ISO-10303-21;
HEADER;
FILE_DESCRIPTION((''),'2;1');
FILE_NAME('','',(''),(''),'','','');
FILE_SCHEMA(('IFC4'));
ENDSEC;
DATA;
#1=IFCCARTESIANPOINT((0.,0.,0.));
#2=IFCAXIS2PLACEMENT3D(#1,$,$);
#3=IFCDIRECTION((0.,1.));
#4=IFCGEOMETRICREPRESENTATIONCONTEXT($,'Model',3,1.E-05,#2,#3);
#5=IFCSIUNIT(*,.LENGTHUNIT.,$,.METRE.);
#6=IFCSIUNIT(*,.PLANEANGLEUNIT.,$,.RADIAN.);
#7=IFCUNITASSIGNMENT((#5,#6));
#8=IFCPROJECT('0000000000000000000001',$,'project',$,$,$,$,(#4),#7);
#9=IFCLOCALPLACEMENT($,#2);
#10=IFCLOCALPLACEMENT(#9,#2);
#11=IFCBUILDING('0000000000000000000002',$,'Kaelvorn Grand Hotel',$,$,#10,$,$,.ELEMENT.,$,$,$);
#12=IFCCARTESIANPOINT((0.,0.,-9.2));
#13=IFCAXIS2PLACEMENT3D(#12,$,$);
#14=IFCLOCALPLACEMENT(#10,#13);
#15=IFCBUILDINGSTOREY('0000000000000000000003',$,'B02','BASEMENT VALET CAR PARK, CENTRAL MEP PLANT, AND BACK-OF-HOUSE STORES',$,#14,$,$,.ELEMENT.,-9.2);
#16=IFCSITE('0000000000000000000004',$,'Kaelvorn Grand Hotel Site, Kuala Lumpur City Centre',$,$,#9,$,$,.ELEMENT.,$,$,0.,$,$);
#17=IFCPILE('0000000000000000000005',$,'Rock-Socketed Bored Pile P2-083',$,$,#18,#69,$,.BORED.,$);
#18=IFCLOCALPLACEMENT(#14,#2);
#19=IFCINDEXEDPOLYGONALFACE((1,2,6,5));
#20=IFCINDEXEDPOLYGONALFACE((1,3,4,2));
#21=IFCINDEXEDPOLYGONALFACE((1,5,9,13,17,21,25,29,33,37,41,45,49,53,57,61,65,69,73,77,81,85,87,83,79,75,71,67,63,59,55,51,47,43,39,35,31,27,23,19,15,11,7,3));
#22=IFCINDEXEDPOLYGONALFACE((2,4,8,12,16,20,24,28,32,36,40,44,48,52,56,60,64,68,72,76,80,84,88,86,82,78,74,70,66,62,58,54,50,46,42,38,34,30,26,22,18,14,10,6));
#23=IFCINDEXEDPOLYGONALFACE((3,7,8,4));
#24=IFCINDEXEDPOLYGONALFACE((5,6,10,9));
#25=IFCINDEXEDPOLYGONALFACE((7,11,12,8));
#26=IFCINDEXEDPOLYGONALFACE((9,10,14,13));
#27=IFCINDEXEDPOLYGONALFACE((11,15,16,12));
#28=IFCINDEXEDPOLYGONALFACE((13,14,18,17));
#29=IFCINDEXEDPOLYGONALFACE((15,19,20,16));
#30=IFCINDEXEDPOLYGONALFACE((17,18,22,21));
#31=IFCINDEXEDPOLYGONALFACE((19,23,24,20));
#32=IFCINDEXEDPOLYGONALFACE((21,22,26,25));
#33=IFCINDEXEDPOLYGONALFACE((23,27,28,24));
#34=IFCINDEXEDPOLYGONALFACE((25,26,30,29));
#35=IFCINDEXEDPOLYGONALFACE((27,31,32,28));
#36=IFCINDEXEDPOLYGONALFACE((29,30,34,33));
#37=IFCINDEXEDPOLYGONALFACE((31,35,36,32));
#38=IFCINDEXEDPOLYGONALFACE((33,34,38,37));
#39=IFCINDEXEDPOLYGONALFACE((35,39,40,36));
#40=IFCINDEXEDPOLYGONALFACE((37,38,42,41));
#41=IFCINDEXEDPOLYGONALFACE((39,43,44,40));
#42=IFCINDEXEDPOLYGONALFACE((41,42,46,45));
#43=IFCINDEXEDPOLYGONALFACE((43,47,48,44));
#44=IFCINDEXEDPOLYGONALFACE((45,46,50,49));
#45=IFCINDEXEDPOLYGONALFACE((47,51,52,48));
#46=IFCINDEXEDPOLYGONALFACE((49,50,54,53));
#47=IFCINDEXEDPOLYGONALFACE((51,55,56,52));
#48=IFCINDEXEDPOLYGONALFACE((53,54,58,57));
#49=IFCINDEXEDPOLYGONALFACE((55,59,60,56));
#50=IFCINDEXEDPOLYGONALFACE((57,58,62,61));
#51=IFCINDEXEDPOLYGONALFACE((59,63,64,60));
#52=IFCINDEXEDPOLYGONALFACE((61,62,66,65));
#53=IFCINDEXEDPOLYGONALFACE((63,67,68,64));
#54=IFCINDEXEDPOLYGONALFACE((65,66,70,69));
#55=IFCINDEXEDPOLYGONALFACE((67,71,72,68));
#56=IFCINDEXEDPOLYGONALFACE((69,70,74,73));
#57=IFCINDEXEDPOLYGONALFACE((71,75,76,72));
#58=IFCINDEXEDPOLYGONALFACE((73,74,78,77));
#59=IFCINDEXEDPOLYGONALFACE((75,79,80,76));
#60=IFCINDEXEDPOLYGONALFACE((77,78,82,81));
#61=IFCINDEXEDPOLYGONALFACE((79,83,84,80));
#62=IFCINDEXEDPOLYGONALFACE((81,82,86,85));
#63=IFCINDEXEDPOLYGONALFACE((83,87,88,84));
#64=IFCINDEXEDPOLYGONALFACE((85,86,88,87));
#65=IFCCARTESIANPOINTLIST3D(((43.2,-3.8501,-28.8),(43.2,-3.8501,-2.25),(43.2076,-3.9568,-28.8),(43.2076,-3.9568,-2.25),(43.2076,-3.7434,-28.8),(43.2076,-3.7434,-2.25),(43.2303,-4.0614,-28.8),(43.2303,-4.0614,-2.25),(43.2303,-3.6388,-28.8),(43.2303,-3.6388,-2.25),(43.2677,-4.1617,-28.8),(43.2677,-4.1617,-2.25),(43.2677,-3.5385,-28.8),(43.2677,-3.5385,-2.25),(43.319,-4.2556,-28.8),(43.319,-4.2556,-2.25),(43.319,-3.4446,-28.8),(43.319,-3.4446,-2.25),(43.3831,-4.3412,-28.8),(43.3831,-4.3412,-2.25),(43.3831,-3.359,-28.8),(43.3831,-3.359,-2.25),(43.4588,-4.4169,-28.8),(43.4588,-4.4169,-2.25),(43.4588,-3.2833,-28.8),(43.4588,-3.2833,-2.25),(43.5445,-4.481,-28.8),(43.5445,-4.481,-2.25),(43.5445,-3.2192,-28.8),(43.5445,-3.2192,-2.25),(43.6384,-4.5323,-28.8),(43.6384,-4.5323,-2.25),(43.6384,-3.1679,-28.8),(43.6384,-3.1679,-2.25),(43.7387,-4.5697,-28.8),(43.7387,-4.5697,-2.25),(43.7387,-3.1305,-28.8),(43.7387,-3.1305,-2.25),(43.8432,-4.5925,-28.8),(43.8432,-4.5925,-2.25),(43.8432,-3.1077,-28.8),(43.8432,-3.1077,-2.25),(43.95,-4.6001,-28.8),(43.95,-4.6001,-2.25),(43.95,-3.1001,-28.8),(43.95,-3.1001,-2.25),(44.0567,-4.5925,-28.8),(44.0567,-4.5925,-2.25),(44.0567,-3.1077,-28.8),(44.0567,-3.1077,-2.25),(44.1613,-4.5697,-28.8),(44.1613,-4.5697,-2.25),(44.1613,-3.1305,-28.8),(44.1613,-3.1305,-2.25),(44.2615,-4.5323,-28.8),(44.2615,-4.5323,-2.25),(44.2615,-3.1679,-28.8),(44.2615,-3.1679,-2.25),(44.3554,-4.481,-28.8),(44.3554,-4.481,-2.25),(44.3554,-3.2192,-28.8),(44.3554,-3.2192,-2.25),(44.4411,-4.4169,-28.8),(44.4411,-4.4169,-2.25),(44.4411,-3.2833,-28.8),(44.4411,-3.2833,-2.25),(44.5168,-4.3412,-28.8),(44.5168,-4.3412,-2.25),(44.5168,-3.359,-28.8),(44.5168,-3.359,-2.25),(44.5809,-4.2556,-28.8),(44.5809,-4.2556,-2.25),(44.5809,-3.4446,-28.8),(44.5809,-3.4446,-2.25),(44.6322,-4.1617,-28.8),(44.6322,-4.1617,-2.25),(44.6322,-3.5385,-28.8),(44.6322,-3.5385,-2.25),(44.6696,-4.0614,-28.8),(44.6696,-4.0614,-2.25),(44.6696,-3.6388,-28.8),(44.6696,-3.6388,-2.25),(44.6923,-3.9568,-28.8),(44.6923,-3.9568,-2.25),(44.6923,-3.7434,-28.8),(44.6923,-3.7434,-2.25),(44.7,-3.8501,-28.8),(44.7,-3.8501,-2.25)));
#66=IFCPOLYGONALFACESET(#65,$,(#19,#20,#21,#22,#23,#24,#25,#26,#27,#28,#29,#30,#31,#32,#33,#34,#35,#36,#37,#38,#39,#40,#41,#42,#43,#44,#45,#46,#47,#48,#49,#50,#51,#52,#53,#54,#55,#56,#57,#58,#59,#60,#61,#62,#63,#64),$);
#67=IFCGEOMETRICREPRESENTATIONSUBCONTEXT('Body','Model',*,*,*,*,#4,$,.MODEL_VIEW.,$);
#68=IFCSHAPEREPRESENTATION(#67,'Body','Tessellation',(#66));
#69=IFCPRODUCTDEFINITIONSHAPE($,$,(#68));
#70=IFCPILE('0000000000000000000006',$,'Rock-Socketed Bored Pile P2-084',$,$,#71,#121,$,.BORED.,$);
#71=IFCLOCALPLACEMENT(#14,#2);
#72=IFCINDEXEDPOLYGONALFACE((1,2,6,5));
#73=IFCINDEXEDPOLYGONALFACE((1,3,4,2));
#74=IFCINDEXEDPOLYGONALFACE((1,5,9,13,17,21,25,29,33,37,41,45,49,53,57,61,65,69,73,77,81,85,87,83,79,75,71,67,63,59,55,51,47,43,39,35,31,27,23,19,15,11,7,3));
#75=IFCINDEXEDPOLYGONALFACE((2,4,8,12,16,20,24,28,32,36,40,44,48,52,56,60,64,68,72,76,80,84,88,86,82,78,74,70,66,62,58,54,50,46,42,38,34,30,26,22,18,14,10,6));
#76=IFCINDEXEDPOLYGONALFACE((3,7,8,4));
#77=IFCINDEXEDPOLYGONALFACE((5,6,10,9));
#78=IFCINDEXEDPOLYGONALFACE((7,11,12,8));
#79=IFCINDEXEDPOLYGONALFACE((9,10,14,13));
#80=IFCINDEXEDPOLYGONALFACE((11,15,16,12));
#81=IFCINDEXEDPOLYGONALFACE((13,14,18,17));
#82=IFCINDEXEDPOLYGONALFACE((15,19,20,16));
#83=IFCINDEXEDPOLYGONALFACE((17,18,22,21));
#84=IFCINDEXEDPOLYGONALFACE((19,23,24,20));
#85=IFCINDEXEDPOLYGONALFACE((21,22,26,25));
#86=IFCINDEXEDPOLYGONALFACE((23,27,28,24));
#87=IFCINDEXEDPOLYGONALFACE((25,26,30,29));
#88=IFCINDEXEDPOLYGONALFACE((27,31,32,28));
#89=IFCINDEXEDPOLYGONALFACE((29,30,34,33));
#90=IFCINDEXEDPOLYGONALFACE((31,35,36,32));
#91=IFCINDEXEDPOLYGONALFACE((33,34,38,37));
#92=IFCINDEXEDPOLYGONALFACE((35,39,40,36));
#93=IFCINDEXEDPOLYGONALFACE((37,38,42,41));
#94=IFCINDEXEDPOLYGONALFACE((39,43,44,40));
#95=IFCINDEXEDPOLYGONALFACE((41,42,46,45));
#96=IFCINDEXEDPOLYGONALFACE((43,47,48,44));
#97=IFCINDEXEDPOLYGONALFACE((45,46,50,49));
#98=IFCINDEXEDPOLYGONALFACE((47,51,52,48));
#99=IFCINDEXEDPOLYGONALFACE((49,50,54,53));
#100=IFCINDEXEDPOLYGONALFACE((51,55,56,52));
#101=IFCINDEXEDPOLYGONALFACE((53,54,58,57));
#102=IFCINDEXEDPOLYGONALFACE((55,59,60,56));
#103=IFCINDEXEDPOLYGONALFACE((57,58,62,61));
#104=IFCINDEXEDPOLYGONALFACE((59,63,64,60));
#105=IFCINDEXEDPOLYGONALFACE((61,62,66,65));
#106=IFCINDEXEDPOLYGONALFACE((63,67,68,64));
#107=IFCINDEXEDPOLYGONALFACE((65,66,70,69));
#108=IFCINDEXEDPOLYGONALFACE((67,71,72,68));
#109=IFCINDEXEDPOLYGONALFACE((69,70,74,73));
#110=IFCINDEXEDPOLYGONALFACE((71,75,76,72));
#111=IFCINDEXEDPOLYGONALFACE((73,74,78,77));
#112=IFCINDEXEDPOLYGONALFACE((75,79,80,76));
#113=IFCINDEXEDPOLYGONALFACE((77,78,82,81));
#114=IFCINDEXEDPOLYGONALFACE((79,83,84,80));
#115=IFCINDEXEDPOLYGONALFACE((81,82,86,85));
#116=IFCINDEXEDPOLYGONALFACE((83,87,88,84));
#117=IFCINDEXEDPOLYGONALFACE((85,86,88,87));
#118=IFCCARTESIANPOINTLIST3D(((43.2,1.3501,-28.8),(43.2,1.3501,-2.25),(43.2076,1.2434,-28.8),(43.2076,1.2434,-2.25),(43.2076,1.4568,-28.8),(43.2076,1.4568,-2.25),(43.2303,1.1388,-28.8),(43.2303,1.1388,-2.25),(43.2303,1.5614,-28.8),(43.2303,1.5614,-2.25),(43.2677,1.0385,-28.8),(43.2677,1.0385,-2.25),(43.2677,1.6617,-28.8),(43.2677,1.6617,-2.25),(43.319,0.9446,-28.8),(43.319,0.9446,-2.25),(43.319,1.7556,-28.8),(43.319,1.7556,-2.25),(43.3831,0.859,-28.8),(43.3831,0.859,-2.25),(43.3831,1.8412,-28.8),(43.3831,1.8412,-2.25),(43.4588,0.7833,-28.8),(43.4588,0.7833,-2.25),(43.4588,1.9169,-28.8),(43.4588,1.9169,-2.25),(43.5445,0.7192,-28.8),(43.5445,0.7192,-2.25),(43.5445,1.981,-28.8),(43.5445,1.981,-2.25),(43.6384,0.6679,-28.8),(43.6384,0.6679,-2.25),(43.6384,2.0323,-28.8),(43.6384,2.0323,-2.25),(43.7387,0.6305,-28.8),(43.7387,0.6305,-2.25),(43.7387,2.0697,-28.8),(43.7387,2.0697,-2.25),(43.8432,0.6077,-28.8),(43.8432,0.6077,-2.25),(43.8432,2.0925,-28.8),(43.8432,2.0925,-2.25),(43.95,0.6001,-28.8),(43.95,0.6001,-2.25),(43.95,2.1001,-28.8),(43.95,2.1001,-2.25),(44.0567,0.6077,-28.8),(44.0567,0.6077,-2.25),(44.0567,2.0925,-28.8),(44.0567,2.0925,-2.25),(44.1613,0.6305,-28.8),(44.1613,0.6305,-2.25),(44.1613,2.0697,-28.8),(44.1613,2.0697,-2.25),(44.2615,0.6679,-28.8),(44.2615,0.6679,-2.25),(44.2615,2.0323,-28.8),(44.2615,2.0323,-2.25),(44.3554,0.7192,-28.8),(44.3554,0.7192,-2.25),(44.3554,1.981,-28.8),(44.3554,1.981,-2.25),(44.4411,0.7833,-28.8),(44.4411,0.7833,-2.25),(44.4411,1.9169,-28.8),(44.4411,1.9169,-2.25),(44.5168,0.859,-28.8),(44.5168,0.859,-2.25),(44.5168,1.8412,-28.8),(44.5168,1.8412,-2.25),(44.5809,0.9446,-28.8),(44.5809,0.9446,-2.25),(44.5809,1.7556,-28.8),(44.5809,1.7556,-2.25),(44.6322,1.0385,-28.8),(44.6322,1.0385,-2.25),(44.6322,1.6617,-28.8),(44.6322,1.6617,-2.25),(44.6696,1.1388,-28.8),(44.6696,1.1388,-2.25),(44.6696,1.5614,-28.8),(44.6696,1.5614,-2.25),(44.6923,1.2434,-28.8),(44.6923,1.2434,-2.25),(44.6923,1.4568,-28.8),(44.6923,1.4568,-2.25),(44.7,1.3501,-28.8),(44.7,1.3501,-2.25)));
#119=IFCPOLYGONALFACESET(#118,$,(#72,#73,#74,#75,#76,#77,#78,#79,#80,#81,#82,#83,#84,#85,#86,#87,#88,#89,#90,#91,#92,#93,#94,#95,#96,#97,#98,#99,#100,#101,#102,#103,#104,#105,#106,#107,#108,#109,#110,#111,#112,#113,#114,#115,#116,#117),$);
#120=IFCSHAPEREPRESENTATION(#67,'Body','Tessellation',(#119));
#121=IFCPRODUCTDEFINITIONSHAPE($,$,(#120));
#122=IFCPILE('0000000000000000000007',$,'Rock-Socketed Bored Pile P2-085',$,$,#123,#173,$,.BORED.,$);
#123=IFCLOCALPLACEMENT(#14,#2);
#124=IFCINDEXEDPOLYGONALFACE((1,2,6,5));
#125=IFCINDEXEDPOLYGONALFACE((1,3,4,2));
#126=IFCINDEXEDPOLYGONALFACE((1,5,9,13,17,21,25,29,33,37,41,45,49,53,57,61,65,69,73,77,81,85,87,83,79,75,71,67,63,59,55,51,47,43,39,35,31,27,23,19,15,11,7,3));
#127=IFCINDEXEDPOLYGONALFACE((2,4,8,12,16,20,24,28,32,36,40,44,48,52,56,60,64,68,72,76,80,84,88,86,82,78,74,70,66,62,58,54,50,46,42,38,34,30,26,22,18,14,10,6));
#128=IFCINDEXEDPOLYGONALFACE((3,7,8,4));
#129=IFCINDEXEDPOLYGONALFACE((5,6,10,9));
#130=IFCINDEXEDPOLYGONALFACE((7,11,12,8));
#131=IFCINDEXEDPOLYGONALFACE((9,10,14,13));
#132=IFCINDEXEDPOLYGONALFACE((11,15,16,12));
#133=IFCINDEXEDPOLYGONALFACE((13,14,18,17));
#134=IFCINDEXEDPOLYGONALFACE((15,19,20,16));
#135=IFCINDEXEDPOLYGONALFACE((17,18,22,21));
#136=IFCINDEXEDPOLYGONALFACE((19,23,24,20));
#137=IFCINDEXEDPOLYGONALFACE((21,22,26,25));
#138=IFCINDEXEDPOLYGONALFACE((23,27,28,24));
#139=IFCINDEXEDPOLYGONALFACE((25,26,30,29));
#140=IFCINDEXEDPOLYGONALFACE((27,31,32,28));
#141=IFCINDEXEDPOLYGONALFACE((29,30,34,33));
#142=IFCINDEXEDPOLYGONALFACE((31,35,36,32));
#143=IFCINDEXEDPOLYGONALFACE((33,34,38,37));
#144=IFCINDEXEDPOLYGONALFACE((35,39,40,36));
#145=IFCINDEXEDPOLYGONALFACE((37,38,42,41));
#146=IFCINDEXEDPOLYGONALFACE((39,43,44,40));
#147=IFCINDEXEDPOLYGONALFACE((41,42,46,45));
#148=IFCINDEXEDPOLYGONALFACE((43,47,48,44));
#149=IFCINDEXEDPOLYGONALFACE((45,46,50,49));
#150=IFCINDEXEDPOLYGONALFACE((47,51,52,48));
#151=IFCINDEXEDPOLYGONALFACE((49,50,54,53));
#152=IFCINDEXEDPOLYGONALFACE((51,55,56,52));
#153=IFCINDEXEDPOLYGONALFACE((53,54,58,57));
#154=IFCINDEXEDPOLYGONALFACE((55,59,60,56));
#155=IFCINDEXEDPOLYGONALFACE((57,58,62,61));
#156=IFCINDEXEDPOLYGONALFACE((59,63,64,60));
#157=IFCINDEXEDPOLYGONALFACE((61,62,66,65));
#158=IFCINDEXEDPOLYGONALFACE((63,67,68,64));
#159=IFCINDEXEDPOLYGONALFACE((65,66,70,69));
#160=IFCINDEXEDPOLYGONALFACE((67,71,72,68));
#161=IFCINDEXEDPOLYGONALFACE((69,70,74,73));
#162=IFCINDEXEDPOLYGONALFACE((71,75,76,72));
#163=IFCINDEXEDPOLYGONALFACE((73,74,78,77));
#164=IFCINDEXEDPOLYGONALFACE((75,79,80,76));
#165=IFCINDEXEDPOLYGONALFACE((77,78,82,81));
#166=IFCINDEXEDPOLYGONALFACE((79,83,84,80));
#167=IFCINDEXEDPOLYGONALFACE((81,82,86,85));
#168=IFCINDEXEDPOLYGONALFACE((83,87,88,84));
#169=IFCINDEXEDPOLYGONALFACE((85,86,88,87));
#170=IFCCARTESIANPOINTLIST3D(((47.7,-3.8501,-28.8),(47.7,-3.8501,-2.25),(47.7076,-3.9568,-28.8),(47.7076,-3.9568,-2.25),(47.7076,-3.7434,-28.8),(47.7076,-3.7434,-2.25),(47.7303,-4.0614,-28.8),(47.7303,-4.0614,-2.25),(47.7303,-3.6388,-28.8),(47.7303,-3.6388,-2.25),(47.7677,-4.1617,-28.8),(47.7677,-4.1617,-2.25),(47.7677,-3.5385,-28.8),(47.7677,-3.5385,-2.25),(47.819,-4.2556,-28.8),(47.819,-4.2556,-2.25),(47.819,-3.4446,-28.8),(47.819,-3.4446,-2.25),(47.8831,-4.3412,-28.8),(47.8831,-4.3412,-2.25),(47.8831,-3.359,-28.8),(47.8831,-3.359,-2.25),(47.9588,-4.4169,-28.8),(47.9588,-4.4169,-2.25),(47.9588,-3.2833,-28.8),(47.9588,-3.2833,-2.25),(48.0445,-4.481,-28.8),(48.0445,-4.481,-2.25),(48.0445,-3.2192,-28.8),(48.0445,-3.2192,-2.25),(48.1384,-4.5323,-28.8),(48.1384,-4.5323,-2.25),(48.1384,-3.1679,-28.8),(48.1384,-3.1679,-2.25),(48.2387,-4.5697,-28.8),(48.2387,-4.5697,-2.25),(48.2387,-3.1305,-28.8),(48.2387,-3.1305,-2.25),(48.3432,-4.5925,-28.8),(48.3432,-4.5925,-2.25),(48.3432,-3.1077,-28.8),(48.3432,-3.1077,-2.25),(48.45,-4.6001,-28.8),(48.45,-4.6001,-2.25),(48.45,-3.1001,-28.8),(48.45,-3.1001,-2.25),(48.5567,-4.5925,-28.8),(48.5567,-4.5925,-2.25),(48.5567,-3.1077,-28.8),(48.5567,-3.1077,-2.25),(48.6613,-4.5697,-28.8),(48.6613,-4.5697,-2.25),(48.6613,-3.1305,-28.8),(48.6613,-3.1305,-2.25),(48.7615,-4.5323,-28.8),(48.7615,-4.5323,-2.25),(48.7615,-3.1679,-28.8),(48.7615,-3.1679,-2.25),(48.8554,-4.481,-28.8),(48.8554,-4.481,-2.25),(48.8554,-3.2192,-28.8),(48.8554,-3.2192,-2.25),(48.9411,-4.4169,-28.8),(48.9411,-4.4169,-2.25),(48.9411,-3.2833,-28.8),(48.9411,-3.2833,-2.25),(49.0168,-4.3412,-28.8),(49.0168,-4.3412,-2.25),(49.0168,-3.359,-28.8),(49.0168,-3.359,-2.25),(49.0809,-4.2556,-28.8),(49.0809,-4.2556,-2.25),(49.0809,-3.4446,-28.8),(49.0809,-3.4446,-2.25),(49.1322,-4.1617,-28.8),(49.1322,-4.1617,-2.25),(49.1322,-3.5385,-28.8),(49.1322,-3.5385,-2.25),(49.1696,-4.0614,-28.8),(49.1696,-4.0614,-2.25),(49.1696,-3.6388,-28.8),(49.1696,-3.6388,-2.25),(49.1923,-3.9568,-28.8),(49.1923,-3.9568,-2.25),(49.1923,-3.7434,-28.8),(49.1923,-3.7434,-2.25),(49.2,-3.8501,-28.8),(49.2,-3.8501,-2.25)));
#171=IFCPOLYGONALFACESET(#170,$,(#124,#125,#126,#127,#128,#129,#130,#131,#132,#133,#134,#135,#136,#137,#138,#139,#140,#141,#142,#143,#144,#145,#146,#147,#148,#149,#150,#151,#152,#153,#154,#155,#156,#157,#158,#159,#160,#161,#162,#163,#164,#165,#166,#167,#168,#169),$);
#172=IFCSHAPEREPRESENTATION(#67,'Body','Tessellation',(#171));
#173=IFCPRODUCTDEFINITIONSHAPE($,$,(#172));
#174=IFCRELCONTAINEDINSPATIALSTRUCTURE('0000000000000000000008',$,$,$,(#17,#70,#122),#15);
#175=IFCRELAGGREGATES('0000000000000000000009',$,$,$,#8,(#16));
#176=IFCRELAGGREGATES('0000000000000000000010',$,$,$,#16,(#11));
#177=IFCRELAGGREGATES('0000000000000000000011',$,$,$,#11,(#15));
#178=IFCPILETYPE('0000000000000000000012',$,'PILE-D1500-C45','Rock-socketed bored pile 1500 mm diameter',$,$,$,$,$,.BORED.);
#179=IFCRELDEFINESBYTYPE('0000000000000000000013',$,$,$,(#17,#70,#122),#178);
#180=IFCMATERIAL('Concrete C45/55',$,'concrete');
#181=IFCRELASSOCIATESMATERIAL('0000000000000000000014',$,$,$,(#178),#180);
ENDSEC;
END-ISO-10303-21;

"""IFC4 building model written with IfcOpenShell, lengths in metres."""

from ifc_helpers import new_model, si_unit, direction, frame, origin, origin_2d, place, context, subcontext, project, spatial, circle, extrude, material, material_profile, profile_set, type_object, element, save


model = new_model("IFC4")

# Units and contexts
model_context = context("Model", 3, precision=1e-05, world=origin(), true_north=direction((0.0, 1.0)))
body_context = subcontext(model_context, "Body", "Model", "MODEL_VIEW")
ifc_project = project(units=[si_unit("LENGTHUNIT", "METRE"), si_unit("PLANEANGLEUNIT", "RADIAN")], contexts=[model_context])

# Site, building, storey
site_placement = place(None, origin())
site = spatial("IfcSite", under=ifc_project, at=site_placement, Name="Kaelvorn Grand Hotel Site, Kuala Lumpur City Centre", CompositionType="ELEMENT", RefElevation=0.0)
building_placement = place(site_placement, origin())
building = spatial("IfcBuilding", under=site, at=building_placement, Name="Kaelvorn Grand Hotel", CompositionType="ELEMENT")
storey_placement = place(building_placement, frame((0.0, 0.0, -9.2)))
storey = spatial("IfcBuildingStorey", under=building, at=storey_placement, Name="B02", Description="BASEMENT VALET CAR PARK, CENTRAL MEP PLANT, AND BACK-OF-HOUSE STORES", CompositionType="ELEMENT", Elevation=-9.2)

# Piles
ifc_material_1 = material(Name="Concrete C45/55", Category="concrete")
ifc_material_profile_1 = material_profile(ifc_material_1, circle(Radius=0.75, at=origin_2d()), Name="BORED PILE D1500")
ifc_profile_set_1 = profile_set([ifc_material_profile_1], Name="Concrete C45/55")
pile_type = type_object("IfcPileType", Name="PILE-D1500-C45", Description="Rock-socketed bored pile 1500 mm diameter", PredefinedType="BORED", material=ifc_profile_set_1)
for number, where, z_axis, x_axis, name in (
    (1, (43.95, -3.8501, -2.25), (0.0, 0.0, -1.0), (1.0, 0.0, 0.0), "Rock-Socketed Bored Pile P2-083"),
    (2, (43.95, 1.3501, -2.25), (0.0, 0.0, -1.0), (1.0, 0.0, 0.0), "Rock-Socketed Bored Pile P2-084"),
    (3, (48.45, -3.8501, -2.25), (0.0, 0.0, -1.0), (1.0, 0.0, 0.0), "Rock-Socketed Bored Pile P2-085"),
):
    element("IfcPile", number, at=place(storey_placement, frame(where, z_axis=z_axis, x_axis=x_axis)), inside=storey, type_object=pile_type, Name=name, PredefinedType="BORED", context=body_context, shape_type="SweptSolid", body=[
        extrude(circle(Radius=0.75, at=origin_2d()), origin(), (0.0, 0.0, 1.0), 26.55),
    ])

save(model, "model.ifc")
